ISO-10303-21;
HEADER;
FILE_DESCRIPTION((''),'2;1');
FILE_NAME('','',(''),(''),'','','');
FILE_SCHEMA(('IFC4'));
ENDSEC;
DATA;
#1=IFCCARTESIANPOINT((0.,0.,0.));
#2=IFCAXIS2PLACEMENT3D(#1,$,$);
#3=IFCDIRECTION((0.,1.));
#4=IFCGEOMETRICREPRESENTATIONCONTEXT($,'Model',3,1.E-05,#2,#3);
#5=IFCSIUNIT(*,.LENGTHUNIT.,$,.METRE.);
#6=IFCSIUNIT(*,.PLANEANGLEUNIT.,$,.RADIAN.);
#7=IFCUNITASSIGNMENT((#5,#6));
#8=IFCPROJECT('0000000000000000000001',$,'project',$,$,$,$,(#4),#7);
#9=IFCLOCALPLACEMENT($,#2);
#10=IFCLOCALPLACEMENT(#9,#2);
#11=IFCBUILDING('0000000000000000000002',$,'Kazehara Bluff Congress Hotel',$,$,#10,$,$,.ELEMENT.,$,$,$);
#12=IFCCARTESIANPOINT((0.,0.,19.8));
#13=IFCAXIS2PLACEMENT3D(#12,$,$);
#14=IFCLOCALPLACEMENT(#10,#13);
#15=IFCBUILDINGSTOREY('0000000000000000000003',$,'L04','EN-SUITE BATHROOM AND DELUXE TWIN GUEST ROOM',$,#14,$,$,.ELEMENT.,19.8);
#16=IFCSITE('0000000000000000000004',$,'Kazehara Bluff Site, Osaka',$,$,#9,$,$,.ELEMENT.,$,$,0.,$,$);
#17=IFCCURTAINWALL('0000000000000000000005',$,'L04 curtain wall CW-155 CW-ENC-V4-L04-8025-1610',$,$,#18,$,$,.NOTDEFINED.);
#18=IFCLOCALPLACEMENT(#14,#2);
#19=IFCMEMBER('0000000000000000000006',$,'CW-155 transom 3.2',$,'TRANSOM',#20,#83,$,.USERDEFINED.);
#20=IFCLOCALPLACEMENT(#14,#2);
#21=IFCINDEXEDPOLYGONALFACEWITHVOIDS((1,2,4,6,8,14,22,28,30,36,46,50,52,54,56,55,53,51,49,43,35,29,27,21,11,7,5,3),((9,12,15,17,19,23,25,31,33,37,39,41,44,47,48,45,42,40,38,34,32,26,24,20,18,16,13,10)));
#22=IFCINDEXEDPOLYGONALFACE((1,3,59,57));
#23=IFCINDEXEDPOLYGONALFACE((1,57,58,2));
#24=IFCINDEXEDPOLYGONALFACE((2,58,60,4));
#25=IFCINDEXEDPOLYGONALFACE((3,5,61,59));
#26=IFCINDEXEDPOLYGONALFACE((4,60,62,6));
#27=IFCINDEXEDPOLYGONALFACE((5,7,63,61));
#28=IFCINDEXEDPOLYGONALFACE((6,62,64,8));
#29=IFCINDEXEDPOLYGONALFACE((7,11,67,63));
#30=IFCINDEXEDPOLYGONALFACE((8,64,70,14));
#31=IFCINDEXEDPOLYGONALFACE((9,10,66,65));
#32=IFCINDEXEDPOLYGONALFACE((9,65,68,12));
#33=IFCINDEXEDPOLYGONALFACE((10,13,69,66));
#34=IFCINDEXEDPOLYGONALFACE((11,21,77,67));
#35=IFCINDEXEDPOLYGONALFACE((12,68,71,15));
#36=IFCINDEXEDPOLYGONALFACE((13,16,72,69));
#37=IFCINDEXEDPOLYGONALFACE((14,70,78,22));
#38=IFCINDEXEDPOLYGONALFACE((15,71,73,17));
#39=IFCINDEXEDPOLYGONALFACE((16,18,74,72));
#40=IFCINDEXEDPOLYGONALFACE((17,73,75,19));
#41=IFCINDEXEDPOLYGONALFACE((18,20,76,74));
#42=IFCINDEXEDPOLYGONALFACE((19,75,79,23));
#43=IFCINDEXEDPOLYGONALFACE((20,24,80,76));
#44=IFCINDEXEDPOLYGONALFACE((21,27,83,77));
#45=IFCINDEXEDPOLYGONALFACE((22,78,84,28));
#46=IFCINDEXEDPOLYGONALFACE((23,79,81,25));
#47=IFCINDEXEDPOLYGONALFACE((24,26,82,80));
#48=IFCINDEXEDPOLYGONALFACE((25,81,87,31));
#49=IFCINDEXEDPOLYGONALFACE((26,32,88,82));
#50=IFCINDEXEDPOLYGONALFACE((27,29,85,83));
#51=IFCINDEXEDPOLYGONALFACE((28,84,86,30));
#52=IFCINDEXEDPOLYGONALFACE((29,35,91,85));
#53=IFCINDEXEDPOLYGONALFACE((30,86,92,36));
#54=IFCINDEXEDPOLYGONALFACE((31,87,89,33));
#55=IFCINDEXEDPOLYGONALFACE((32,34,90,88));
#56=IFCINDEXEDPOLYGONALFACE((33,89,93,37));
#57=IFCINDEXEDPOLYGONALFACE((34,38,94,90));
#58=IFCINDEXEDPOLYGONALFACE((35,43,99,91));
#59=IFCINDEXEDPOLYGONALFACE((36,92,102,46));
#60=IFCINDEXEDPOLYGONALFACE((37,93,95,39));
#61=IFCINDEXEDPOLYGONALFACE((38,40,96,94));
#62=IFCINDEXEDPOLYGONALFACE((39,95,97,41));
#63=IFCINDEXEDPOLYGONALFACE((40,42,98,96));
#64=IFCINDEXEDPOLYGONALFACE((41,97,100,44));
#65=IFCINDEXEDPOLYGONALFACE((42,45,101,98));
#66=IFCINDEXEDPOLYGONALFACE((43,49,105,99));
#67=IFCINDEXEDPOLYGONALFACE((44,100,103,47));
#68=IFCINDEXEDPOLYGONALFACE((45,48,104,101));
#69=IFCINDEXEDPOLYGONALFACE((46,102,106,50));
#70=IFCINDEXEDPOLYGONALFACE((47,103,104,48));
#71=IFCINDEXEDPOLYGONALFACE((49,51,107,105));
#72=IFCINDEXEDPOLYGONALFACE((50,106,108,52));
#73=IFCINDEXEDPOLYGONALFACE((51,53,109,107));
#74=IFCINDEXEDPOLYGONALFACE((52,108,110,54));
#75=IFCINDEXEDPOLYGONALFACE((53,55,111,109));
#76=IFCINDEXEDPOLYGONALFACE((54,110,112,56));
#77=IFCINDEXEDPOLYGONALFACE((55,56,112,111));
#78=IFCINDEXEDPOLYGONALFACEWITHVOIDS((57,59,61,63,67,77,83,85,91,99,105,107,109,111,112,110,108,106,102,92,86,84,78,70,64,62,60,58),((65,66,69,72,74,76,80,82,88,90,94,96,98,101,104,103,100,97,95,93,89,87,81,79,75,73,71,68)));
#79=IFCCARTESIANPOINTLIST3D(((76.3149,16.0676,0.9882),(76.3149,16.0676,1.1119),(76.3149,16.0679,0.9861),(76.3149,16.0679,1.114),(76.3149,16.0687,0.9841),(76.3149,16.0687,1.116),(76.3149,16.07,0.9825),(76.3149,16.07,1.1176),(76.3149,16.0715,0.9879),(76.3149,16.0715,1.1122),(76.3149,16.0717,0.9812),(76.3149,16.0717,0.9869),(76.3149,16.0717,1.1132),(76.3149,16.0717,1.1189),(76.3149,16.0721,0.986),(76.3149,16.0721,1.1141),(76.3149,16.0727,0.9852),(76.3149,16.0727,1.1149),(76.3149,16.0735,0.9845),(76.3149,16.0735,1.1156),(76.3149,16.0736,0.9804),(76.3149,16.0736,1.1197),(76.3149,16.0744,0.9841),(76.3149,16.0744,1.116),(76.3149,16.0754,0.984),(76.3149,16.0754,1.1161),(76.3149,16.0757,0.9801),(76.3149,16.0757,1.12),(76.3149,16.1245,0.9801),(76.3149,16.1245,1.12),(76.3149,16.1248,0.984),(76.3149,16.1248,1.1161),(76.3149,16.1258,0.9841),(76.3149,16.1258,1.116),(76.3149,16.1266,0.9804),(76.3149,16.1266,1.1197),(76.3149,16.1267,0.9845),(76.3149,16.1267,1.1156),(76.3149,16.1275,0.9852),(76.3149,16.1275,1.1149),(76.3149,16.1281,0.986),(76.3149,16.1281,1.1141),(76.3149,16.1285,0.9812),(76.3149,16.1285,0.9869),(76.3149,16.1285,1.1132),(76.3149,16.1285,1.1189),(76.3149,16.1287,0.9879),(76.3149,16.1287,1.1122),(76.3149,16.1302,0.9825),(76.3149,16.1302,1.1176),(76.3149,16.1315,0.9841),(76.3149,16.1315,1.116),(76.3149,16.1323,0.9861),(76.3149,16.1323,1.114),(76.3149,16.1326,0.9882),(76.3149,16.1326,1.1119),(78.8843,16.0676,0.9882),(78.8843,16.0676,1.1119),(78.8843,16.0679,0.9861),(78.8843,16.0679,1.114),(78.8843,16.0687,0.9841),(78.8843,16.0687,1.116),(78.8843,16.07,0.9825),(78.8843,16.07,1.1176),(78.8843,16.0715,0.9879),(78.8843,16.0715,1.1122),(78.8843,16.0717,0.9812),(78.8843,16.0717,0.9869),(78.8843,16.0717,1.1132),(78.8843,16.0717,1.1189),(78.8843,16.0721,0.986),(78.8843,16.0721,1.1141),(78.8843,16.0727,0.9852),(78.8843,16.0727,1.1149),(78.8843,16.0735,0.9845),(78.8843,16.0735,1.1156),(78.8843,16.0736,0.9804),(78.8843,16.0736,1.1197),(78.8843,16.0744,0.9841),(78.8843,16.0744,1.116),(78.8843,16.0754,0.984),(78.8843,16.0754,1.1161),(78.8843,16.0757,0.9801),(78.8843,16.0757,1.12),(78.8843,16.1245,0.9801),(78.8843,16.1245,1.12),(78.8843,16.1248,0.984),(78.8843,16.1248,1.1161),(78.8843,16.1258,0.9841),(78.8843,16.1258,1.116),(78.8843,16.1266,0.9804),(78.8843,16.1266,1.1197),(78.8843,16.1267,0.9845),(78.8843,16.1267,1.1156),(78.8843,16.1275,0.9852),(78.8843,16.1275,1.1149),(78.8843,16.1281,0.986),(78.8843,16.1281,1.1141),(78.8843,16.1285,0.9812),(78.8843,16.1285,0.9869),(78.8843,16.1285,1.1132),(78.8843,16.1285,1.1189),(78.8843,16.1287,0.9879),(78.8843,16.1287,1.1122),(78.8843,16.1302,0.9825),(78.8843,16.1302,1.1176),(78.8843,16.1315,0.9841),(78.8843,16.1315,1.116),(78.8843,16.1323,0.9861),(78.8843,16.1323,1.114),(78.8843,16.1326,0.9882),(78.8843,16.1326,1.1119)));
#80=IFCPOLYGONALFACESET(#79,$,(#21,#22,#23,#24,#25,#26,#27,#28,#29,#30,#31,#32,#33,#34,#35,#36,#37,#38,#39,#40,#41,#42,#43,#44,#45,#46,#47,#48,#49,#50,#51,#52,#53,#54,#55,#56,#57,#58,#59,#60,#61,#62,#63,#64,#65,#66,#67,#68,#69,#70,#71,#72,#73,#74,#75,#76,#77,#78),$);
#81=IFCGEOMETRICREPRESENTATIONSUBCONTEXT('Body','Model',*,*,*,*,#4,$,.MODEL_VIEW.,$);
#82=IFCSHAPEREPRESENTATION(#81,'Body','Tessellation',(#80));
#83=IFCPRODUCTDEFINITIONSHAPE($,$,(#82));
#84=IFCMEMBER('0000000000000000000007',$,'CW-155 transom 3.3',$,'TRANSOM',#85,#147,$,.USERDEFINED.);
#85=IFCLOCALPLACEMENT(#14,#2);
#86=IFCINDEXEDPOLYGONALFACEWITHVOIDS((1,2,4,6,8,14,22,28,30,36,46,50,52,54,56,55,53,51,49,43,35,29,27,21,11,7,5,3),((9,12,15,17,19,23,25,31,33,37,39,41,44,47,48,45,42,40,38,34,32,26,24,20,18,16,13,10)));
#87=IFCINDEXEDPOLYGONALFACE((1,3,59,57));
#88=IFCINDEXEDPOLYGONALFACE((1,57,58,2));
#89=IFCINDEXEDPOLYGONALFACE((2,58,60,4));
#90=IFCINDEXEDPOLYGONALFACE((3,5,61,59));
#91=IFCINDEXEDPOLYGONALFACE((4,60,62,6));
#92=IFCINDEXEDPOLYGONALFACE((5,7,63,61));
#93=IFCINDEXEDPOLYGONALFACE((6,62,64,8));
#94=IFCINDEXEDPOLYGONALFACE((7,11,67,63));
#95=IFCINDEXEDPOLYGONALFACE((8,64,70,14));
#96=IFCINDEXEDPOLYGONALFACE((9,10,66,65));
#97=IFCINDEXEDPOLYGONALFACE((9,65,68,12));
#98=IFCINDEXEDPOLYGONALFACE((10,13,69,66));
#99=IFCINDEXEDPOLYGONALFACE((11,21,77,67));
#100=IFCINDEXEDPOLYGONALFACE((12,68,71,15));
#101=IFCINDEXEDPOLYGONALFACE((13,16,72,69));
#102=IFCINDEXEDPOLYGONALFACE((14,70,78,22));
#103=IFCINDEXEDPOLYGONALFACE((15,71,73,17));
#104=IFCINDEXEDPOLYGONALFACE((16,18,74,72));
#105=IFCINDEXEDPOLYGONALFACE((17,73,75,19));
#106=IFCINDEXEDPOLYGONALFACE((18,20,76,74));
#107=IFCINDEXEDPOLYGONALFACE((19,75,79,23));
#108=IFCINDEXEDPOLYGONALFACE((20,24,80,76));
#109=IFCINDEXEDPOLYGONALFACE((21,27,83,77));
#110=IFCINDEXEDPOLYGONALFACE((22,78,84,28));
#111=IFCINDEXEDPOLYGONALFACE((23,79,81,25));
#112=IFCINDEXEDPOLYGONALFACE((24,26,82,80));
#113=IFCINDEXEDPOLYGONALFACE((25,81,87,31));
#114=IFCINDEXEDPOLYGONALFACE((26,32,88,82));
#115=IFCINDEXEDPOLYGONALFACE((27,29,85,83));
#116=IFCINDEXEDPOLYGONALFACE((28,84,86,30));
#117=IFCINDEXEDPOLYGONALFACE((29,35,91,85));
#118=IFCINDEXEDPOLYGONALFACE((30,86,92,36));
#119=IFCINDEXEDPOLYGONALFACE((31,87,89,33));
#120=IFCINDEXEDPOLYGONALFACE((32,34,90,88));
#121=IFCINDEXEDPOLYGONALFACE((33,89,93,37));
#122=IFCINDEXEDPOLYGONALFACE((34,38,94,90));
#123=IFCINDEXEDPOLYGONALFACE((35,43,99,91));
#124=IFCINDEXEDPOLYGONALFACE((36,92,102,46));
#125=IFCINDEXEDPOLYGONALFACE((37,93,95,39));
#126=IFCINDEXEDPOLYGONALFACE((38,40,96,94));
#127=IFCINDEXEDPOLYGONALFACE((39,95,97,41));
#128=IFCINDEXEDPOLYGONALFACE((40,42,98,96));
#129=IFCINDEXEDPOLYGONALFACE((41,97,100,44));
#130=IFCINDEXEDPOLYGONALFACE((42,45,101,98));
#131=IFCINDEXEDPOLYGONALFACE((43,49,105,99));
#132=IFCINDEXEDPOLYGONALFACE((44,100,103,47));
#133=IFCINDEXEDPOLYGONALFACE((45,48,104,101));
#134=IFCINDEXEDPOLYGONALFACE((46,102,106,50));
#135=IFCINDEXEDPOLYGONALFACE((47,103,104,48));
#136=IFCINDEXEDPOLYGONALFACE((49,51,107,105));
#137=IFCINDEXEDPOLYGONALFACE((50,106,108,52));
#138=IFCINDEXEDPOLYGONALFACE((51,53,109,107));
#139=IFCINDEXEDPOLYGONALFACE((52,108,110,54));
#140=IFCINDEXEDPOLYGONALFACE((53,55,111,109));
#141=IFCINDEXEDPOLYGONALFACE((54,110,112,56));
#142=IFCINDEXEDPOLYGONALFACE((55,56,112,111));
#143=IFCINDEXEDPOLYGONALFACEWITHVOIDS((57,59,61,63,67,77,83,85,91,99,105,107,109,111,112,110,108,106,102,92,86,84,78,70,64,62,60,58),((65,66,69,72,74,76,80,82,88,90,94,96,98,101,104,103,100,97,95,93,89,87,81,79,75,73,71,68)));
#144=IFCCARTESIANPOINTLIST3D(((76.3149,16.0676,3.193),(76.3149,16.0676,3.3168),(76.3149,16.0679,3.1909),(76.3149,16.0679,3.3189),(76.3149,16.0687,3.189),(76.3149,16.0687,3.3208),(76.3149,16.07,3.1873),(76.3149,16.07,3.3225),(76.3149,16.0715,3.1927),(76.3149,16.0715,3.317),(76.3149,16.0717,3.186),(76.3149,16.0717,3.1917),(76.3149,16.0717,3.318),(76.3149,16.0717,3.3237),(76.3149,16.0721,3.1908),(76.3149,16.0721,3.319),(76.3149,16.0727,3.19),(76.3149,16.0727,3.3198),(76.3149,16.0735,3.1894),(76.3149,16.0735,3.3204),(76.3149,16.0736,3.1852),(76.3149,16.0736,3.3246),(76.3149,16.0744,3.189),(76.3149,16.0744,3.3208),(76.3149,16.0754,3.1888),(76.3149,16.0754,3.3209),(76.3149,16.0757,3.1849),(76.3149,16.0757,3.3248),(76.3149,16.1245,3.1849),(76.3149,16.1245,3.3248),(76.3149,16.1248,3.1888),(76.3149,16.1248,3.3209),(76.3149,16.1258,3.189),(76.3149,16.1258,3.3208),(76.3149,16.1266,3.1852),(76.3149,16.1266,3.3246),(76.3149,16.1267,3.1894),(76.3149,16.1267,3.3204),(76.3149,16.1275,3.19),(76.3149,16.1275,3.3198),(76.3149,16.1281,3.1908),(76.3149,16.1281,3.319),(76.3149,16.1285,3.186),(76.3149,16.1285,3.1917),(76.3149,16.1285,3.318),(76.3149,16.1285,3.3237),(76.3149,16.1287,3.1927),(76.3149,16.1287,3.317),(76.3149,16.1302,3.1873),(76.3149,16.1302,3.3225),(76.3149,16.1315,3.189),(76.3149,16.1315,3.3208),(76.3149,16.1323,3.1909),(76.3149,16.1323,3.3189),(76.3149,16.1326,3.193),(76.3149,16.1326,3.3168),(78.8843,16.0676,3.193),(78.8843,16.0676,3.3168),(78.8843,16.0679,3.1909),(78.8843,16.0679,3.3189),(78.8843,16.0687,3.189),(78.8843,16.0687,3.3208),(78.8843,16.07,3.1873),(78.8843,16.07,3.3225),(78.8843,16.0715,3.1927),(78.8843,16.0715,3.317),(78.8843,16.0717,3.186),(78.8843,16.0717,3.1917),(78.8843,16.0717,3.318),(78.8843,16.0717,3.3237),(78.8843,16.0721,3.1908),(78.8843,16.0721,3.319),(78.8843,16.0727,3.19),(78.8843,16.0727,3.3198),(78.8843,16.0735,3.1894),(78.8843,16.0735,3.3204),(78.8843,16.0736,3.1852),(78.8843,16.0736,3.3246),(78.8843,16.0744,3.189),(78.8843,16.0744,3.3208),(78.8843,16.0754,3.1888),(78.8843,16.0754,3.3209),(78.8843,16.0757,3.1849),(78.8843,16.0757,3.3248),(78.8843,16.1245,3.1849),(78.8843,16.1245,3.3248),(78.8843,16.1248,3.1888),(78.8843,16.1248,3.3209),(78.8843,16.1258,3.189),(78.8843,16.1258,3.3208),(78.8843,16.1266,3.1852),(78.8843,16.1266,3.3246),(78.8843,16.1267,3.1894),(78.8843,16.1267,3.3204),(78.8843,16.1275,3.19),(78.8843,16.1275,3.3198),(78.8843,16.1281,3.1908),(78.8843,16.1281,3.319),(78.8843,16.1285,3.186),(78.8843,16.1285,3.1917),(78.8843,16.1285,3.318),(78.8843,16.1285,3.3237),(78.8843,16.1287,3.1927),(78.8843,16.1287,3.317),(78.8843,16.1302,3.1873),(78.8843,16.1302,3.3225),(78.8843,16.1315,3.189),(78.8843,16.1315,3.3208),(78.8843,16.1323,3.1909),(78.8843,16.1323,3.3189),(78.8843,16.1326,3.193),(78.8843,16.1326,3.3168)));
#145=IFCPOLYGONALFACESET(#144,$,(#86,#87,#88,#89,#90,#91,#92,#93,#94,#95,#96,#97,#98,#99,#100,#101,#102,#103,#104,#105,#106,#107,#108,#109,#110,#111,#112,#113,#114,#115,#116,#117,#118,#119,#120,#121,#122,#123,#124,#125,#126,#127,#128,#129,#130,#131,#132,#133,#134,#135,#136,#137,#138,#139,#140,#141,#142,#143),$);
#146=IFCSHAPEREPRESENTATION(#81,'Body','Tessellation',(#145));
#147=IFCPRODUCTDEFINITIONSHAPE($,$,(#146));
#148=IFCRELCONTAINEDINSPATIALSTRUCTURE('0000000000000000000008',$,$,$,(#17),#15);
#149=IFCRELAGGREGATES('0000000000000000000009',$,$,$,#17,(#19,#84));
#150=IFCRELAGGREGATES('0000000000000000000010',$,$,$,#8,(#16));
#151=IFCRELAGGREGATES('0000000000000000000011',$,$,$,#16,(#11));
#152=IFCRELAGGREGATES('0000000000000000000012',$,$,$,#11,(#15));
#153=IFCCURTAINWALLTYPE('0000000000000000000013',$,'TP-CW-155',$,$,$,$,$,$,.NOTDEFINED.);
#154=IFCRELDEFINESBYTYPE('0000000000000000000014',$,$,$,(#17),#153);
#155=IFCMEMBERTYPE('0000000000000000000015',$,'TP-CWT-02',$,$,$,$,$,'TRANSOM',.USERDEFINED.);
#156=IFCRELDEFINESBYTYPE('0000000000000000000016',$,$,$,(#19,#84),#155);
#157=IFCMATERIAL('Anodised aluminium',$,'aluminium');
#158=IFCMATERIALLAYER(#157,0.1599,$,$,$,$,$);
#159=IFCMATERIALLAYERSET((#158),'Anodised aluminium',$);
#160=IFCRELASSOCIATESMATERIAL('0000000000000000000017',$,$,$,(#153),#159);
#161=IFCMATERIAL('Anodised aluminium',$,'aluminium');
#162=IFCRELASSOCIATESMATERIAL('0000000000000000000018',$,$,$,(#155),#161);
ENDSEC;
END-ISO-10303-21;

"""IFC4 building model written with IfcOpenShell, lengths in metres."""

from ifc_helpers import new_model, si_unit, direction, frame, origin, origin_2d, place, context, subcontext, project, spatial, hollow_rectangle, extrude, material, layer, layer_set, material_profile, profile_set, type_object, element, aggregate, save


model = new_model("IFC4")

# Units and contexts
model_context = context("Model", 3, precision=1e-05, world=origin(), true_north=direction((0.0, 1.0)))
body_context = subcontext(model_context, "Body", "Model", "MODEL_VIEW")
ifc_project = project(units=[si_unit("LENGTHUNIT", "METRE"), si_unit("PLANEANGLEUNIT", "RADIAN")], contexts=[model_context])

# Site, building, storey
site_placement = place(None, origin())
site = spatial("IfcSite", under=ifc_project, at=site_placement, Name="Kazehara Bluff Site, Osaka", CompositionType="ELEMENT", RefElevation=0.0)
building_placement = place(site_placement, origin())
building = spatial("IfcBuilding", under=site, at=building_placement, Name="Kazehara Bluff Congress Hotel", CompositionType="ELEMENT")
storey_placement = place(building_placement, frame((0.0, 0.0, 19.8)))
storey = spatial("IfcBuildingStorey", under=building, at=storey_placement, Name="L04", Description="EN-SUITE BATHROOM AND DELUXE TWIN GUEST ROOM", CompositionType="ELEMENT", Elevation=19.8)

# Curtain wall
ifc_material_1 = material(Name="Anodised aluminium", Category="aluminium")
ifc_layer_1 = layer(ifc_material_1, 0.1599)
ifc_layer_set_1 = layer_set([ifc_layer_1], Name="Anodised aluminium")
curtain_wall_type_1 = type_object("IfcCurtainWallType", Name="TP-CW-155", PredefinedType="NOTDEFINED", material=ifc_layer_set_1)
curtain_wall_1_placement = place(storey_placement, origin())
curtain_wall_1 = element("IfcCurtainWall", 1, at=curtain_wall_1_placement, inside=storey, type_object=curtain_wall_type_1, Name="L04 curtain wall CW-155 CW-ENC-V4-L04-8025-1610", PredefinedType="NOTDEFINED")
ifc_material_2 = material(Name="Anodised aluminium", Category="aluminium")
ifc_material_profile_1 = material_profile(ifc_material_2, hollow_rectangle(XDim=0.0649, YDim=0.1399, WallThickness=0.0039, InnerFilletRadius=0.0039, OuterFilletRadius=0.0081, at=origin_2d()))
ifc_profile_set_1 = profile_set([ifc_material_profile_1], Name="Anodised aluminium")
member_type_1 = type_object("IfcMemberType", Name="TP-CWT-02", ElementType="TRANSOM", PredefinedType="USERDEFINED", material=ifc_profile_set_1)

# Members
member_1_placement = place(storey_placement, frame((78.8843, 16.1001, 1.05), z_axis=(-1.0, 0.0, 0.0), x_axis=(0.0, -1.0, 0.0)))
member_1 = element("IfcMember", 2, at=member_1_placement, type_object=member_type_1, Name="CW-155 transom 3.2", ObjectType="TRANSOM", PredefinedType="USERDEFINED", context=body_context, shape_type="SweptSolid", body=[
    extrude(hollow_rectangle(XDim=0.0649, YDim=0.1399, WallThickness=0.0039, InnerFilletRadius=0.0039, OuterFilletRadius=0.0081, at=origin_2d()), origin(), (0.0, 0.0, 1.0), 2.5693),
])
member_2_placement = place(storey_placement, frame((78.8843, 16.1001, 3.2549), z_axis=(-1.0, 0.0, 0.0), x_axis=(0.0, -1.0, 0.0)))
member_2 = element("IfcMember", 3, at=member_2_placement, type_object=member_type_1, Name="CW-155 transom 3.3", ObjectType="TRANSOM", PredefinedType="USERDEFINED", context=body_context, shape_type="SweptSolid", body=[
    extrude(hollow_rectangle(XDim=0.0649, YDim=0.1399, WallThickness=0.0039, InnerFilletRadius=0.0039, OuterFilletRadius=0.0081, at=origin_2d()), origin(), (0.0, 0.0, 1.0), 2.5693),
])

aggregate(curtain_wall_1, [member_1, member_2])

save(model, "model.ifc")
